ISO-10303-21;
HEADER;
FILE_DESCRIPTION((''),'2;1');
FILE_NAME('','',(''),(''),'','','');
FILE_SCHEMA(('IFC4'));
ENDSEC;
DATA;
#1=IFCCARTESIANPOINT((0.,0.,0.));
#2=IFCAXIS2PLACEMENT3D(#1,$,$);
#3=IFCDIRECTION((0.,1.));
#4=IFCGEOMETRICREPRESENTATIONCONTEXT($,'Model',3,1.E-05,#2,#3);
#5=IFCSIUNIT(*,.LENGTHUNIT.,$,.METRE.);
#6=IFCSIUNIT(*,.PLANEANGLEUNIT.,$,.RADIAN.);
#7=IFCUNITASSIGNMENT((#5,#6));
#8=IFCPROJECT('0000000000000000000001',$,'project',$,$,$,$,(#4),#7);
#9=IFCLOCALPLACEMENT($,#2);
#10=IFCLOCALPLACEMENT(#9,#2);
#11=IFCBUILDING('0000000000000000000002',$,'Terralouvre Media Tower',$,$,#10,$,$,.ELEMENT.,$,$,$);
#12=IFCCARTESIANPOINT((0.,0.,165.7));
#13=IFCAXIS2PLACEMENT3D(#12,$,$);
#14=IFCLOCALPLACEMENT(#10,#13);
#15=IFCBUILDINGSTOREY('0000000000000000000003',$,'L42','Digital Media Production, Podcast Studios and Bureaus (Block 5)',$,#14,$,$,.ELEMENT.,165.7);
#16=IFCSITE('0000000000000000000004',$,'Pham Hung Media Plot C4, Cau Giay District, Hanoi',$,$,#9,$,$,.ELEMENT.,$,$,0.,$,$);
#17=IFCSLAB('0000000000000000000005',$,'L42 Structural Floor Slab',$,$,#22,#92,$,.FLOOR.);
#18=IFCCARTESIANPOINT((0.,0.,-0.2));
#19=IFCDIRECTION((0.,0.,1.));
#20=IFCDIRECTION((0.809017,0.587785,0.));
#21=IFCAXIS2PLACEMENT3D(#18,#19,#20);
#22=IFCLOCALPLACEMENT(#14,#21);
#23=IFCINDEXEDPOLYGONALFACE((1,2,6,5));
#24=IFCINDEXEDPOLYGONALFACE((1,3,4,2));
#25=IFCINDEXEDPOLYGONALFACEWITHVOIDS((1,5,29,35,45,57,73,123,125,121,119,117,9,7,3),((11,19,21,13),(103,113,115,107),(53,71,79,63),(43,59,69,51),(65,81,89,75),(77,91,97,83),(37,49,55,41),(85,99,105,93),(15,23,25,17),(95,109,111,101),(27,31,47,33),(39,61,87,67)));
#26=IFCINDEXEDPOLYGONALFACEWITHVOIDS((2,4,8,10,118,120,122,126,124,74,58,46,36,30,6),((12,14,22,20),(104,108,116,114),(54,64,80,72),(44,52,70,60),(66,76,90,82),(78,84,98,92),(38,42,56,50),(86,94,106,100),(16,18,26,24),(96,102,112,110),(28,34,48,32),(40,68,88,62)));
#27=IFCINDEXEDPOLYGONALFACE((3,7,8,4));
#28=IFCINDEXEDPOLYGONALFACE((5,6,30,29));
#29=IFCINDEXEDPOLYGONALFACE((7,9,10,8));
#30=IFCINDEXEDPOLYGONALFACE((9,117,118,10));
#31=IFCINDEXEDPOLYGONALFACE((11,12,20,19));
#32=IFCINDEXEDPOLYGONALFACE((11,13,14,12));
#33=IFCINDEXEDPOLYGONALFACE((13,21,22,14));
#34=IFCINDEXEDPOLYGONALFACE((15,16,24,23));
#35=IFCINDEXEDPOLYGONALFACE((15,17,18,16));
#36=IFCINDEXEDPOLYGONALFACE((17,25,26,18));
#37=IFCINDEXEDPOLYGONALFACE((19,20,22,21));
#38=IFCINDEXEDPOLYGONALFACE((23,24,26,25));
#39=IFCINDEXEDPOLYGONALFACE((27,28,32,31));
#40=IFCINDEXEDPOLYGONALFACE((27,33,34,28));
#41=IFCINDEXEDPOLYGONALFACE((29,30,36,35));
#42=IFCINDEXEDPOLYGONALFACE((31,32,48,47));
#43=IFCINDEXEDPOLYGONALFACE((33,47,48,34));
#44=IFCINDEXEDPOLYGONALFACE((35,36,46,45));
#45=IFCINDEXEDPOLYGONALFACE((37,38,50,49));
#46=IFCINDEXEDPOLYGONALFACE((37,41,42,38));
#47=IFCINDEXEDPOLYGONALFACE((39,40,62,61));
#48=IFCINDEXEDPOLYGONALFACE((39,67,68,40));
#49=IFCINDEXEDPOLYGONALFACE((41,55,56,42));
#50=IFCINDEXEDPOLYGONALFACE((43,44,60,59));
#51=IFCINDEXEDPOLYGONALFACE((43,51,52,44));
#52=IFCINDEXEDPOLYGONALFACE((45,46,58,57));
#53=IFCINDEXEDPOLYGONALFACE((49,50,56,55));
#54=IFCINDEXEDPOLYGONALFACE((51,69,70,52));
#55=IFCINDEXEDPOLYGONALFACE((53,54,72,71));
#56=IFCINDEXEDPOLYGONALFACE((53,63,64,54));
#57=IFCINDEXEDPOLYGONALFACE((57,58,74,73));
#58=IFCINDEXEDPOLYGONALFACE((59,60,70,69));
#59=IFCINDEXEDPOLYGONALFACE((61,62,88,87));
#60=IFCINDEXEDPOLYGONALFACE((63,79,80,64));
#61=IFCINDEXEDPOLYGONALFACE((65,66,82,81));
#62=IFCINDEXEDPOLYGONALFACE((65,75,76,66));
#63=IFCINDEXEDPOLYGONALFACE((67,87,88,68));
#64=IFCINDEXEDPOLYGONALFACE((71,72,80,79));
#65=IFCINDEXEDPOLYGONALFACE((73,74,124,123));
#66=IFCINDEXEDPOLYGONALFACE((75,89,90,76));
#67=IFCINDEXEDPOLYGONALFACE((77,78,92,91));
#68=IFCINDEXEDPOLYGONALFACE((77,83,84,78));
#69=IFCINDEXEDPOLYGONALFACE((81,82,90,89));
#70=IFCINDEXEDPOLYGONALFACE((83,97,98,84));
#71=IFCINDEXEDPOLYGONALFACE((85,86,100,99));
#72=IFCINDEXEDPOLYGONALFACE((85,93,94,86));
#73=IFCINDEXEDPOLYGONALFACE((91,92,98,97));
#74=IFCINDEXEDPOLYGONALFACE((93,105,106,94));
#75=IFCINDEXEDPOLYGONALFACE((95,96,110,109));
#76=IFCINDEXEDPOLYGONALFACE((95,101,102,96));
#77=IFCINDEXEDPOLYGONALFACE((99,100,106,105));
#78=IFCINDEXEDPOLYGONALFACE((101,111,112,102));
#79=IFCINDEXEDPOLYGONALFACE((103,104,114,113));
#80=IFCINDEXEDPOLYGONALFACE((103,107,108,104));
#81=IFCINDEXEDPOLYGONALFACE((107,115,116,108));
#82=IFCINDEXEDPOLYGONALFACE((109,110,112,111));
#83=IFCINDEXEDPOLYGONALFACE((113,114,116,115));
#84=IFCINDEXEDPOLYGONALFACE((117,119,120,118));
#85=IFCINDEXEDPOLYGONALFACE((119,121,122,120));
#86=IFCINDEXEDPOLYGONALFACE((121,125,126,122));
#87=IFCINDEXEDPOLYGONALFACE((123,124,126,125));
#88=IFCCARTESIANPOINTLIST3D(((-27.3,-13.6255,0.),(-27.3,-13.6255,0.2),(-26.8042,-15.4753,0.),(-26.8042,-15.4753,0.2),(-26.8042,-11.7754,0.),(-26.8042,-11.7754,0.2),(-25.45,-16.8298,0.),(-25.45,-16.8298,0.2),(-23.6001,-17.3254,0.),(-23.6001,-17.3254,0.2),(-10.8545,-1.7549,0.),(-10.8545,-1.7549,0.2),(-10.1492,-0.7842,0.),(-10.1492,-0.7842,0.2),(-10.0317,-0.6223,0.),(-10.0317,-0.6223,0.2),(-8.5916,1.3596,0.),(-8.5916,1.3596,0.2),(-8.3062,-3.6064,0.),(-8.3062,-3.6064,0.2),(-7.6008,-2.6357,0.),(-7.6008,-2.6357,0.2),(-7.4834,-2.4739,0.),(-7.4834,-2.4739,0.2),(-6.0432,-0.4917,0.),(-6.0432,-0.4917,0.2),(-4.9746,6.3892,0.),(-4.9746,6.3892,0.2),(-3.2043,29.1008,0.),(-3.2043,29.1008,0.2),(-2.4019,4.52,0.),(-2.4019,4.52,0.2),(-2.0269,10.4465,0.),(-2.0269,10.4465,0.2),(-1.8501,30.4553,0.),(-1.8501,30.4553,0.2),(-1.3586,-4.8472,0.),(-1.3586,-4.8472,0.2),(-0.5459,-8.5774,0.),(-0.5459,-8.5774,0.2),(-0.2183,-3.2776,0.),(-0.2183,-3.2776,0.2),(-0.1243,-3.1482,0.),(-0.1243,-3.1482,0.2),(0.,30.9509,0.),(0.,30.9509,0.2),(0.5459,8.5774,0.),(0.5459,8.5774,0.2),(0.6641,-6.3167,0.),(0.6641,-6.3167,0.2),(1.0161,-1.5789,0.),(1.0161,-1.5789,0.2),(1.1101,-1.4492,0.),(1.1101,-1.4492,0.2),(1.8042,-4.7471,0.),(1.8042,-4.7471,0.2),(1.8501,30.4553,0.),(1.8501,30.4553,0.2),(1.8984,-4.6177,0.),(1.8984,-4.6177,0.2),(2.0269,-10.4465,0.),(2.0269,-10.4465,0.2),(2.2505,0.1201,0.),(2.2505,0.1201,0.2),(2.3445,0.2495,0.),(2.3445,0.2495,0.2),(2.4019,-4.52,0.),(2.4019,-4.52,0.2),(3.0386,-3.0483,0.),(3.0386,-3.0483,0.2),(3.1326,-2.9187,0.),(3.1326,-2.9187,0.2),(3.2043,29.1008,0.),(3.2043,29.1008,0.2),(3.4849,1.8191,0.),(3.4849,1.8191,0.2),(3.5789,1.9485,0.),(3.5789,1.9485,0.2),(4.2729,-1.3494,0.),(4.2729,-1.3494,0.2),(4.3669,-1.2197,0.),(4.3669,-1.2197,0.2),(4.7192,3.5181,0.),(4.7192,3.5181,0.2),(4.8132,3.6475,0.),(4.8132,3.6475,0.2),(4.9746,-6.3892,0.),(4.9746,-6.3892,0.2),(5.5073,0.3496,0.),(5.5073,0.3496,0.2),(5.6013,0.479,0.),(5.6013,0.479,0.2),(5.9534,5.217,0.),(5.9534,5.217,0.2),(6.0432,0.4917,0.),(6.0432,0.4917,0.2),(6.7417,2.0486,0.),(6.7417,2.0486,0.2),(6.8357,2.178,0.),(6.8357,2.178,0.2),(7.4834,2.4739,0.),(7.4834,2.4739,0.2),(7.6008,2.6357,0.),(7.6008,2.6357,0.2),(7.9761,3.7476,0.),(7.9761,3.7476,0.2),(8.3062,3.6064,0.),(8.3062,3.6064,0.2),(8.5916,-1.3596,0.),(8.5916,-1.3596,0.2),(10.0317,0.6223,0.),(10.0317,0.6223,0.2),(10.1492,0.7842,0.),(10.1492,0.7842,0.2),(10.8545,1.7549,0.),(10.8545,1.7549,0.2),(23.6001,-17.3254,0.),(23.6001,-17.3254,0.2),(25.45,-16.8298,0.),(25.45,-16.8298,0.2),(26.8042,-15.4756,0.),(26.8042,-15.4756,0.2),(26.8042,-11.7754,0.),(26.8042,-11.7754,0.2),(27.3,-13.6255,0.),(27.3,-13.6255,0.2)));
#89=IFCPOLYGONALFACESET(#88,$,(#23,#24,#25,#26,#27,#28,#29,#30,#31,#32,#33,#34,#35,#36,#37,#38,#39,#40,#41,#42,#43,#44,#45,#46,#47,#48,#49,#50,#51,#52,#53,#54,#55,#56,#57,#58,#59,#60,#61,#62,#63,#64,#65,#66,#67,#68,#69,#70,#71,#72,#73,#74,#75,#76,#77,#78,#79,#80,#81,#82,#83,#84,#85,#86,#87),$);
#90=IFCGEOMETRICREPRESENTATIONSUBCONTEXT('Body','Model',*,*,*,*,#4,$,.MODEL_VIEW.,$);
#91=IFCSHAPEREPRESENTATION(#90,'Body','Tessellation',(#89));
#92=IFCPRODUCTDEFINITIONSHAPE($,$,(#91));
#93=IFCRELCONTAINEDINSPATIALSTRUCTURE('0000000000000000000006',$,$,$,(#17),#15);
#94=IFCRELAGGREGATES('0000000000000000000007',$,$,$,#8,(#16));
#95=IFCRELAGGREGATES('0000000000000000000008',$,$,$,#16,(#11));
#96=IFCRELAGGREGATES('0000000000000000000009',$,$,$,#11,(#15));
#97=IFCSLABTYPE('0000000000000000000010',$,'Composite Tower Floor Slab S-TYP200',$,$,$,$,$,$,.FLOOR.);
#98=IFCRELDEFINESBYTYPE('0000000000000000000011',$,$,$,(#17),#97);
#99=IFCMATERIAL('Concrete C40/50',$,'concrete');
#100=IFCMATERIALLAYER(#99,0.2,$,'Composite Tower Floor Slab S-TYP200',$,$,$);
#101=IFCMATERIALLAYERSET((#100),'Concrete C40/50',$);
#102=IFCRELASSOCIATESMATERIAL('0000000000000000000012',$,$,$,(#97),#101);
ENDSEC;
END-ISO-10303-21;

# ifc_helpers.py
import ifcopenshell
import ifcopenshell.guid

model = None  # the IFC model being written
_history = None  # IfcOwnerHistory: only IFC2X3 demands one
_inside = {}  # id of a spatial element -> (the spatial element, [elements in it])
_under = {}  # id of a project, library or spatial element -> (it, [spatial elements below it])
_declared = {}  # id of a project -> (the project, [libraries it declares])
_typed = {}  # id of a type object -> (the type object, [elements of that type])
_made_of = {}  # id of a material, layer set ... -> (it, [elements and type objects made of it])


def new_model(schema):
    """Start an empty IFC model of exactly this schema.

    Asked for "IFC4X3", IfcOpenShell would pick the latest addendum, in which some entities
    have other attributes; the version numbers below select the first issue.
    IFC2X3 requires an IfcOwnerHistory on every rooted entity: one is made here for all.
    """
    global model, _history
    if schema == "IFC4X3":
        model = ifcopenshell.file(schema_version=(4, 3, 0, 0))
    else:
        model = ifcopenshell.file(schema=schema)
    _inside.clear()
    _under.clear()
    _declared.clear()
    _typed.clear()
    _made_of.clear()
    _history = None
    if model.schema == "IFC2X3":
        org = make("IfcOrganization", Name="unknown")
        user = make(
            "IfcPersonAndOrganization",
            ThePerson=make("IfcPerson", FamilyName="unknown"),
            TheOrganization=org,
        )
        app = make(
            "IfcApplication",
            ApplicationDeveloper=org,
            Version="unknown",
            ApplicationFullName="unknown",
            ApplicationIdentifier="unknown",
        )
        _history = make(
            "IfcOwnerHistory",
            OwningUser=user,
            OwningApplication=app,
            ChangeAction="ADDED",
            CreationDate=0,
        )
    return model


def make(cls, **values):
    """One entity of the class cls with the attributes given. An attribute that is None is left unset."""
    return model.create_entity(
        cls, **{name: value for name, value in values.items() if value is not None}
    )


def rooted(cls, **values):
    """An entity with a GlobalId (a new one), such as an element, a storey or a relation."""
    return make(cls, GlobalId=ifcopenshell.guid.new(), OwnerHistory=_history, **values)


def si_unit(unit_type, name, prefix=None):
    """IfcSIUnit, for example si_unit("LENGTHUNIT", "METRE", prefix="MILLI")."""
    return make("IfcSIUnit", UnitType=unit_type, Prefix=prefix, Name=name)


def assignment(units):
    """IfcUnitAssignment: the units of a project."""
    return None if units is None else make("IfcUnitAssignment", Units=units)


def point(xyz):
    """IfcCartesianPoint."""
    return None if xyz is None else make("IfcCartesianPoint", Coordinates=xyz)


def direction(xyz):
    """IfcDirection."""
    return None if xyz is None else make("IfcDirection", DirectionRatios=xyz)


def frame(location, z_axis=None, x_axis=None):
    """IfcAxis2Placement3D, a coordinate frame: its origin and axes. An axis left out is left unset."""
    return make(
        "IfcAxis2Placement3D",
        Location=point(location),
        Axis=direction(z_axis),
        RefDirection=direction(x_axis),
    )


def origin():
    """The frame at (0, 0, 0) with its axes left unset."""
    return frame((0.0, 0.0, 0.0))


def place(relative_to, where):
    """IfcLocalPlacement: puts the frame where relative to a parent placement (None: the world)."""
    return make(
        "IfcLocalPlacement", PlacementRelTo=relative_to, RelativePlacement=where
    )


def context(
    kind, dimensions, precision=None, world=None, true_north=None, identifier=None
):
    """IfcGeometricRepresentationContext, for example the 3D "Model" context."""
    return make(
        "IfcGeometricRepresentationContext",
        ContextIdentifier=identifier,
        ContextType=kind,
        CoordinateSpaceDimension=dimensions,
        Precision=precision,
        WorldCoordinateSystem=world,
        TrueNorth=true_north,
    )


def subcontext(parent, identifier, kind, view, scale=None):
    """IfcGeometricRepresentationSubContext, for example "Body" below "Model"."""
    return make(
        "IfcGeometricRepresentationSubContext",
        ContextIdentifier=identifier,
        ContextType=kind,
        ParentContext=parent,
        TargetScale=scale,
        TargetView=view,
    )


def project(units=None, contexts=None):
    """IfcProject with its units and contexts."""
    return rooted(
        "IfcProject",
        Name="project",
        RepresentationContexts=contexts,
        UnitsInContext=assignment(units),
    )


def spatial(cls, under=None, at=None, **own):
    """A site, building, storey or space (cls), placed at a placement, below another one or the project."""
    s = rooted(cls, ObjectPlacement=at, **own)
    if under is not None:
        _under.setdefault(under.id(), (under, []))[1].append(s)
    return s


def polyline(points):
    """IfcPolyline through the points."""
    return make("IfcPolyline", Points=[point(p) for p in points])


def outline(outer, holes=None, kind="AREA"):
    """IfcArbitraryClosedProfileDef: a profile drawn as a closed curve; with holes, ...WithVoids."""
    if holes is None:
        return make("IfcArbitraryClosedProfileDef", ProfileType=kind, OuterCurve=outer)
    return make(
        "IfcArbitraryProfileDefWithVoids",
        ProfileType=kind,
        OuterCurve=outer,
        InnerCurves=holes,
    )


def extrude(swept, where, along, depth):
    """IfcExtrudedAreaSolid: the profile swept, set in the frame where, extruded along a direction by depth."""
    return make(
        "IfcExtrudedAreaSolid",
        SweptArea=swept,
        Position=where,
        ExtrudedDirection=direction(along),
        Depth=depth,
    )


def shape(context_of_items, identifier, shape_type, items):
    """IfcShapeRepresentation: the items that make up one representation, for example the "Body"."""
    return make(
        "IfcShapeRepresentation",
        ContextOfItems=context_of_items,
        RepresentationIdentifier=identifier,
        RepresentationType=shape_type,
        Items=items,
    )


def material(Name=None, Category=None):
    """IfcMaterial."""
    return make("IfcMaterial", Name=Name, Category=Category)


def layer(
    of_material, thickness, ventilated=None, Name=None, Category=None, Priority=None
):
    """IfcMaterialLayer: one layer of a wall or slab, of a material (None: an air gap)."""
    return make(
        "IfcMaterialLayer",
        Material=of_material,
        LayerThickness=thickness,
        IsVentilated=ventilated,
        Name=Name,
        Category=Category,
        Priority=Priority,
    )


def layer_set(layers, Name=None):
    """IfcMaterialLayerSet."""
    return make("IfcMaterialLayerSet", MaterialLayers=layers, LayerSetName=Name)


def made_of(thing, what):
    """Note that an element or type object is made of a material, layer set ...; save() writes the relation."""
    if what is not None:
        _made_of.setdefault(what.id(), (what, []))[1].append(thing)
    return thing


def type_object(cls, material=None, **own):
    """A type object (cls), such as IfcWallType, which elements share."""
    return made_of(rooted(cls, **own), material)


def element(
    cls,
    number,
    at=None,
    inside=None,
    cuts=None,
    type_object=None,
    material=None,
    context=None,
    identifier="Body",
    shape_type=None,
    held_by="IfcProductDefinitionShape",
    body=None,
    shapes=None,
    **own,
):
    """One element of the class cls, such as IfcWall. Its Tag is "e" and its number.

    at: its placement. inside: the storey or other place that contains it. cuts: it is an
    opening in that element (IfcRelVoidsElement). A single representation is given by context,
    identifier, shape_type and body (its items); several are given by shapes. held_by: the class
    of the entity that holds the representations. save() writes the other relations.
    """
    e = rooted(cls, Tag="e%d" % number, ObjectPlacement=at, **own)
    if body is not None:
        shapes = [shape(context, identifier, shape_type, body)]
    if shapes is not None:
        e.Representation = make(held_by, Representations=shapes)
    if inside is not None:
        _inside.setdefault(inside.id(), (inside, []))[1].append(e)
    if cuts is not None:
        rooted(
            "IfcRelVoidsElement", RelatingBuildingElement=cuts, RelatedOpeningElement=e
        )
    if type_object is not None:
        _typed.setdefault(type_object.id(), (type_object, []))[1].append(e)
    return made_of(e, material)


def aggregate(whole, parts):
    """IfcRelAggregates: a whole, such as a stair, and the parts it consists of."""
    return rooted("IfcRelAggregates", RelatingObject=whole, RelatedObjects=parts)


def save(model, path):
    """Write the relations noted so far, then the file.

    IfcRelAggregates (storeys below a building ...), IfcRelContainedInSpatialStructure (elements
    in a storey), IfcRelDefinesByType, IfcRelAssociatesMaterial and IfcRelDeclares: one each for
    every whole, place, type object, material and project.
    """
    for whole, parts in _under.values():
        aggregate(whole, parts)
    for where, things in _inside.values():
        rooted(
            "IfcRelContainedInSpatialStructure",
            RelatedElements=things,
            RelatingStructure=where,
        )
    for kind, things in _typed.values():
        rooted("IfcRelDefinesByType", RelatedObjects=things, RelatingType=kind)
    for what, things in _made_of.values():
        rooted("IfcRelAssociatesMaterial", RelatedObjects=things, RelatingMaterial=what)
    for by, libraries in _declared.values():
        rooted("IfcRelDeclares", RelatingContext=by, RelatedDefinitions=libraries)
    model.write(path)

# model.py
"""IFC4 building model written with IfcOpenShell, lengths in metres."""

from ifc_helpers import new_model, si_unit, direction, frame, origin, place, context, subcontext, project, spatial, polyline, outline, extrude, material, layer, layer_set, type_object, element, save


model = new_model("IFC4")

# Units and contexts
model_context = context("Model", 3, precision=1e-05, world=origin(), true_north=direction((0.0, 1.0)))
body_context = subcontext(model_context, "Body", "Model", "MODEL_VIEW")
ifc_project = project(units=[si_unit("LENGTHUNIT", "METRE"), si_unit("PLANEANGLEUNIT", "RADIAN")], contexts=[model_context])

# Site, building, storey
site_placement = place(None, origin())
site = spatial("IfcSite", under=ifc_project, at=site_placement, Name="Pham Hung Media Plot C4, Cau Giay District, Hanoi", CompositionType="ELEMENT", RefElevation=0.0)
building_placement = place(site_placement, origin())
building = spatial("IfcBuilding", under=site, at=building_placement, Name="Terralouvre Media Tower", CompositionType="ELEMENT")
storey_placement = place(building_placement, frame((0.0, 0.0, 165.7)))
storey = spatial("IfcBuildingStorey", under=building, at=storey_placement, Name="L42", Description="Digital Media Production, Podcast Studios and Bureaus (Block 5)", CompositionType="ELEMENT", Elevation=165.7)

# Slab
ifc_material_1 = material(Name="Concrete C40/50", Category="concrete")
ifc_layer_1 = layer(ifc_material_1, 0.2, Name="Composite Tower Floor Slab S-TYP200")
ifc_layer_set_1 = layer_set([ifc_layer_1], Name="Concrete C40/50")
slab_type = type_object("IfcSlabType", Name="Composite Tower Floor Slab S-TYP200", PredefinedType="FLOOR", material=ifc_layer_set_1)
slab_placement = place(storey_placement, frame((0.0, 0.0, -0.2), z_axis=(0.0, 0.0, 1.0), x_axis=(0.809017, 0.587785, 0.0)))
element("IfcSlab", 1, at=slab_placement, inside=storey, type_object=slab_type, Name="L42 Structural Floor Slab", PredefinedType="FLOOR", context=body_context, shape_type="SweptSolid", body=[
    extrude(outline(polyline([(-26.8042, -11.7754), (-27.3, -13.6255), (-26.8042, -15.4753), (-25.45, -16.8298), (-23.6001, -17.3254), (23.6001, -17.3254), (25.45, -16.8298), (26.8042, -15.4756), (27.3, -13.6255), (26.8042, -11.7754), (3.2043, 29.1008), (1.8501, 30.4553), (0.0, 30.9509), (-1.8501, 30.4553), (-3.2043, 29.1008), (-26.8042, -11.7754)]), holes=[polyline([(-7.6008, -2.6357), (-8.3062, -3.6064), (-10.8545, -1.7549), (-10.1492, -0.7842), (-7.6008, -2.6357)]), polyline([(-7.4834, -2.4739), (-10.0317, -0.6223), (-8.5916, 1.3596), (-6.0432, -0.4917), (-7.4834, -2.4739)]), polyline([(4.3669, -1.2197), (2.3445, 0.2495), (3.4849, 1.8191), (5.5073, 0.3496), (4.3669, -1.2197)]), polyline([(6.7417, 2.0486), (5.6013, 0.479), (3.5789, 1.9485), (4.7192, 3.5181), (6.7417, 2.0486)]), polyline([(-2.4019, 4.52), (-4.9746, 6.3892), (-2.0269, 10.4465), (0.5459, 8.5774), (-2.4019, 4.52)]), polyline([(6.8357, 2.178), (4.8132, 3.6475), (5.9534, 5.217), (7.9761, 3.7476), (6.8357, 2.178)]), polyline([(-0.5459, -8.5774), (2.4019, -4.52), (4.9746, -6.3892), (2.0269, -10.4465), (-0.5459, -8.5774)]), polyline([(0.6641, -6.3167), (-1.3586, -4.8472), (-0.2183, -3.2776), (1.8042, -4.7471), (0.6641, -6.3167)]), polyline([(1.8984, -4.6177), (-0.1243, -3.1482), (1.0161, -1.5789), (3.0386, -3.0483), (1.8984, -4.6177)]), polyline([(4.2729, -1.3494), (3.1326, -2.9187), (1.1101, -1.4492), (2.2505, 0.1201), (4.2729, -1.3494)]), polyline([(8.5916, -1.3596), (6.0432, 0.4917), (7.4834, 2.4739), (10.0317, 0.6223), (8.5916, -1.3596)]), polyline([(10.1492, 0.7842), (7.6008, 2.6357), (8.3062, 3.6064), (10.8545, 1.7549), (10.1492, 0.7842)])]), origin(), (0.0, 0.0, 1.0), 0.2),
])

save(model, "model.ifc")
